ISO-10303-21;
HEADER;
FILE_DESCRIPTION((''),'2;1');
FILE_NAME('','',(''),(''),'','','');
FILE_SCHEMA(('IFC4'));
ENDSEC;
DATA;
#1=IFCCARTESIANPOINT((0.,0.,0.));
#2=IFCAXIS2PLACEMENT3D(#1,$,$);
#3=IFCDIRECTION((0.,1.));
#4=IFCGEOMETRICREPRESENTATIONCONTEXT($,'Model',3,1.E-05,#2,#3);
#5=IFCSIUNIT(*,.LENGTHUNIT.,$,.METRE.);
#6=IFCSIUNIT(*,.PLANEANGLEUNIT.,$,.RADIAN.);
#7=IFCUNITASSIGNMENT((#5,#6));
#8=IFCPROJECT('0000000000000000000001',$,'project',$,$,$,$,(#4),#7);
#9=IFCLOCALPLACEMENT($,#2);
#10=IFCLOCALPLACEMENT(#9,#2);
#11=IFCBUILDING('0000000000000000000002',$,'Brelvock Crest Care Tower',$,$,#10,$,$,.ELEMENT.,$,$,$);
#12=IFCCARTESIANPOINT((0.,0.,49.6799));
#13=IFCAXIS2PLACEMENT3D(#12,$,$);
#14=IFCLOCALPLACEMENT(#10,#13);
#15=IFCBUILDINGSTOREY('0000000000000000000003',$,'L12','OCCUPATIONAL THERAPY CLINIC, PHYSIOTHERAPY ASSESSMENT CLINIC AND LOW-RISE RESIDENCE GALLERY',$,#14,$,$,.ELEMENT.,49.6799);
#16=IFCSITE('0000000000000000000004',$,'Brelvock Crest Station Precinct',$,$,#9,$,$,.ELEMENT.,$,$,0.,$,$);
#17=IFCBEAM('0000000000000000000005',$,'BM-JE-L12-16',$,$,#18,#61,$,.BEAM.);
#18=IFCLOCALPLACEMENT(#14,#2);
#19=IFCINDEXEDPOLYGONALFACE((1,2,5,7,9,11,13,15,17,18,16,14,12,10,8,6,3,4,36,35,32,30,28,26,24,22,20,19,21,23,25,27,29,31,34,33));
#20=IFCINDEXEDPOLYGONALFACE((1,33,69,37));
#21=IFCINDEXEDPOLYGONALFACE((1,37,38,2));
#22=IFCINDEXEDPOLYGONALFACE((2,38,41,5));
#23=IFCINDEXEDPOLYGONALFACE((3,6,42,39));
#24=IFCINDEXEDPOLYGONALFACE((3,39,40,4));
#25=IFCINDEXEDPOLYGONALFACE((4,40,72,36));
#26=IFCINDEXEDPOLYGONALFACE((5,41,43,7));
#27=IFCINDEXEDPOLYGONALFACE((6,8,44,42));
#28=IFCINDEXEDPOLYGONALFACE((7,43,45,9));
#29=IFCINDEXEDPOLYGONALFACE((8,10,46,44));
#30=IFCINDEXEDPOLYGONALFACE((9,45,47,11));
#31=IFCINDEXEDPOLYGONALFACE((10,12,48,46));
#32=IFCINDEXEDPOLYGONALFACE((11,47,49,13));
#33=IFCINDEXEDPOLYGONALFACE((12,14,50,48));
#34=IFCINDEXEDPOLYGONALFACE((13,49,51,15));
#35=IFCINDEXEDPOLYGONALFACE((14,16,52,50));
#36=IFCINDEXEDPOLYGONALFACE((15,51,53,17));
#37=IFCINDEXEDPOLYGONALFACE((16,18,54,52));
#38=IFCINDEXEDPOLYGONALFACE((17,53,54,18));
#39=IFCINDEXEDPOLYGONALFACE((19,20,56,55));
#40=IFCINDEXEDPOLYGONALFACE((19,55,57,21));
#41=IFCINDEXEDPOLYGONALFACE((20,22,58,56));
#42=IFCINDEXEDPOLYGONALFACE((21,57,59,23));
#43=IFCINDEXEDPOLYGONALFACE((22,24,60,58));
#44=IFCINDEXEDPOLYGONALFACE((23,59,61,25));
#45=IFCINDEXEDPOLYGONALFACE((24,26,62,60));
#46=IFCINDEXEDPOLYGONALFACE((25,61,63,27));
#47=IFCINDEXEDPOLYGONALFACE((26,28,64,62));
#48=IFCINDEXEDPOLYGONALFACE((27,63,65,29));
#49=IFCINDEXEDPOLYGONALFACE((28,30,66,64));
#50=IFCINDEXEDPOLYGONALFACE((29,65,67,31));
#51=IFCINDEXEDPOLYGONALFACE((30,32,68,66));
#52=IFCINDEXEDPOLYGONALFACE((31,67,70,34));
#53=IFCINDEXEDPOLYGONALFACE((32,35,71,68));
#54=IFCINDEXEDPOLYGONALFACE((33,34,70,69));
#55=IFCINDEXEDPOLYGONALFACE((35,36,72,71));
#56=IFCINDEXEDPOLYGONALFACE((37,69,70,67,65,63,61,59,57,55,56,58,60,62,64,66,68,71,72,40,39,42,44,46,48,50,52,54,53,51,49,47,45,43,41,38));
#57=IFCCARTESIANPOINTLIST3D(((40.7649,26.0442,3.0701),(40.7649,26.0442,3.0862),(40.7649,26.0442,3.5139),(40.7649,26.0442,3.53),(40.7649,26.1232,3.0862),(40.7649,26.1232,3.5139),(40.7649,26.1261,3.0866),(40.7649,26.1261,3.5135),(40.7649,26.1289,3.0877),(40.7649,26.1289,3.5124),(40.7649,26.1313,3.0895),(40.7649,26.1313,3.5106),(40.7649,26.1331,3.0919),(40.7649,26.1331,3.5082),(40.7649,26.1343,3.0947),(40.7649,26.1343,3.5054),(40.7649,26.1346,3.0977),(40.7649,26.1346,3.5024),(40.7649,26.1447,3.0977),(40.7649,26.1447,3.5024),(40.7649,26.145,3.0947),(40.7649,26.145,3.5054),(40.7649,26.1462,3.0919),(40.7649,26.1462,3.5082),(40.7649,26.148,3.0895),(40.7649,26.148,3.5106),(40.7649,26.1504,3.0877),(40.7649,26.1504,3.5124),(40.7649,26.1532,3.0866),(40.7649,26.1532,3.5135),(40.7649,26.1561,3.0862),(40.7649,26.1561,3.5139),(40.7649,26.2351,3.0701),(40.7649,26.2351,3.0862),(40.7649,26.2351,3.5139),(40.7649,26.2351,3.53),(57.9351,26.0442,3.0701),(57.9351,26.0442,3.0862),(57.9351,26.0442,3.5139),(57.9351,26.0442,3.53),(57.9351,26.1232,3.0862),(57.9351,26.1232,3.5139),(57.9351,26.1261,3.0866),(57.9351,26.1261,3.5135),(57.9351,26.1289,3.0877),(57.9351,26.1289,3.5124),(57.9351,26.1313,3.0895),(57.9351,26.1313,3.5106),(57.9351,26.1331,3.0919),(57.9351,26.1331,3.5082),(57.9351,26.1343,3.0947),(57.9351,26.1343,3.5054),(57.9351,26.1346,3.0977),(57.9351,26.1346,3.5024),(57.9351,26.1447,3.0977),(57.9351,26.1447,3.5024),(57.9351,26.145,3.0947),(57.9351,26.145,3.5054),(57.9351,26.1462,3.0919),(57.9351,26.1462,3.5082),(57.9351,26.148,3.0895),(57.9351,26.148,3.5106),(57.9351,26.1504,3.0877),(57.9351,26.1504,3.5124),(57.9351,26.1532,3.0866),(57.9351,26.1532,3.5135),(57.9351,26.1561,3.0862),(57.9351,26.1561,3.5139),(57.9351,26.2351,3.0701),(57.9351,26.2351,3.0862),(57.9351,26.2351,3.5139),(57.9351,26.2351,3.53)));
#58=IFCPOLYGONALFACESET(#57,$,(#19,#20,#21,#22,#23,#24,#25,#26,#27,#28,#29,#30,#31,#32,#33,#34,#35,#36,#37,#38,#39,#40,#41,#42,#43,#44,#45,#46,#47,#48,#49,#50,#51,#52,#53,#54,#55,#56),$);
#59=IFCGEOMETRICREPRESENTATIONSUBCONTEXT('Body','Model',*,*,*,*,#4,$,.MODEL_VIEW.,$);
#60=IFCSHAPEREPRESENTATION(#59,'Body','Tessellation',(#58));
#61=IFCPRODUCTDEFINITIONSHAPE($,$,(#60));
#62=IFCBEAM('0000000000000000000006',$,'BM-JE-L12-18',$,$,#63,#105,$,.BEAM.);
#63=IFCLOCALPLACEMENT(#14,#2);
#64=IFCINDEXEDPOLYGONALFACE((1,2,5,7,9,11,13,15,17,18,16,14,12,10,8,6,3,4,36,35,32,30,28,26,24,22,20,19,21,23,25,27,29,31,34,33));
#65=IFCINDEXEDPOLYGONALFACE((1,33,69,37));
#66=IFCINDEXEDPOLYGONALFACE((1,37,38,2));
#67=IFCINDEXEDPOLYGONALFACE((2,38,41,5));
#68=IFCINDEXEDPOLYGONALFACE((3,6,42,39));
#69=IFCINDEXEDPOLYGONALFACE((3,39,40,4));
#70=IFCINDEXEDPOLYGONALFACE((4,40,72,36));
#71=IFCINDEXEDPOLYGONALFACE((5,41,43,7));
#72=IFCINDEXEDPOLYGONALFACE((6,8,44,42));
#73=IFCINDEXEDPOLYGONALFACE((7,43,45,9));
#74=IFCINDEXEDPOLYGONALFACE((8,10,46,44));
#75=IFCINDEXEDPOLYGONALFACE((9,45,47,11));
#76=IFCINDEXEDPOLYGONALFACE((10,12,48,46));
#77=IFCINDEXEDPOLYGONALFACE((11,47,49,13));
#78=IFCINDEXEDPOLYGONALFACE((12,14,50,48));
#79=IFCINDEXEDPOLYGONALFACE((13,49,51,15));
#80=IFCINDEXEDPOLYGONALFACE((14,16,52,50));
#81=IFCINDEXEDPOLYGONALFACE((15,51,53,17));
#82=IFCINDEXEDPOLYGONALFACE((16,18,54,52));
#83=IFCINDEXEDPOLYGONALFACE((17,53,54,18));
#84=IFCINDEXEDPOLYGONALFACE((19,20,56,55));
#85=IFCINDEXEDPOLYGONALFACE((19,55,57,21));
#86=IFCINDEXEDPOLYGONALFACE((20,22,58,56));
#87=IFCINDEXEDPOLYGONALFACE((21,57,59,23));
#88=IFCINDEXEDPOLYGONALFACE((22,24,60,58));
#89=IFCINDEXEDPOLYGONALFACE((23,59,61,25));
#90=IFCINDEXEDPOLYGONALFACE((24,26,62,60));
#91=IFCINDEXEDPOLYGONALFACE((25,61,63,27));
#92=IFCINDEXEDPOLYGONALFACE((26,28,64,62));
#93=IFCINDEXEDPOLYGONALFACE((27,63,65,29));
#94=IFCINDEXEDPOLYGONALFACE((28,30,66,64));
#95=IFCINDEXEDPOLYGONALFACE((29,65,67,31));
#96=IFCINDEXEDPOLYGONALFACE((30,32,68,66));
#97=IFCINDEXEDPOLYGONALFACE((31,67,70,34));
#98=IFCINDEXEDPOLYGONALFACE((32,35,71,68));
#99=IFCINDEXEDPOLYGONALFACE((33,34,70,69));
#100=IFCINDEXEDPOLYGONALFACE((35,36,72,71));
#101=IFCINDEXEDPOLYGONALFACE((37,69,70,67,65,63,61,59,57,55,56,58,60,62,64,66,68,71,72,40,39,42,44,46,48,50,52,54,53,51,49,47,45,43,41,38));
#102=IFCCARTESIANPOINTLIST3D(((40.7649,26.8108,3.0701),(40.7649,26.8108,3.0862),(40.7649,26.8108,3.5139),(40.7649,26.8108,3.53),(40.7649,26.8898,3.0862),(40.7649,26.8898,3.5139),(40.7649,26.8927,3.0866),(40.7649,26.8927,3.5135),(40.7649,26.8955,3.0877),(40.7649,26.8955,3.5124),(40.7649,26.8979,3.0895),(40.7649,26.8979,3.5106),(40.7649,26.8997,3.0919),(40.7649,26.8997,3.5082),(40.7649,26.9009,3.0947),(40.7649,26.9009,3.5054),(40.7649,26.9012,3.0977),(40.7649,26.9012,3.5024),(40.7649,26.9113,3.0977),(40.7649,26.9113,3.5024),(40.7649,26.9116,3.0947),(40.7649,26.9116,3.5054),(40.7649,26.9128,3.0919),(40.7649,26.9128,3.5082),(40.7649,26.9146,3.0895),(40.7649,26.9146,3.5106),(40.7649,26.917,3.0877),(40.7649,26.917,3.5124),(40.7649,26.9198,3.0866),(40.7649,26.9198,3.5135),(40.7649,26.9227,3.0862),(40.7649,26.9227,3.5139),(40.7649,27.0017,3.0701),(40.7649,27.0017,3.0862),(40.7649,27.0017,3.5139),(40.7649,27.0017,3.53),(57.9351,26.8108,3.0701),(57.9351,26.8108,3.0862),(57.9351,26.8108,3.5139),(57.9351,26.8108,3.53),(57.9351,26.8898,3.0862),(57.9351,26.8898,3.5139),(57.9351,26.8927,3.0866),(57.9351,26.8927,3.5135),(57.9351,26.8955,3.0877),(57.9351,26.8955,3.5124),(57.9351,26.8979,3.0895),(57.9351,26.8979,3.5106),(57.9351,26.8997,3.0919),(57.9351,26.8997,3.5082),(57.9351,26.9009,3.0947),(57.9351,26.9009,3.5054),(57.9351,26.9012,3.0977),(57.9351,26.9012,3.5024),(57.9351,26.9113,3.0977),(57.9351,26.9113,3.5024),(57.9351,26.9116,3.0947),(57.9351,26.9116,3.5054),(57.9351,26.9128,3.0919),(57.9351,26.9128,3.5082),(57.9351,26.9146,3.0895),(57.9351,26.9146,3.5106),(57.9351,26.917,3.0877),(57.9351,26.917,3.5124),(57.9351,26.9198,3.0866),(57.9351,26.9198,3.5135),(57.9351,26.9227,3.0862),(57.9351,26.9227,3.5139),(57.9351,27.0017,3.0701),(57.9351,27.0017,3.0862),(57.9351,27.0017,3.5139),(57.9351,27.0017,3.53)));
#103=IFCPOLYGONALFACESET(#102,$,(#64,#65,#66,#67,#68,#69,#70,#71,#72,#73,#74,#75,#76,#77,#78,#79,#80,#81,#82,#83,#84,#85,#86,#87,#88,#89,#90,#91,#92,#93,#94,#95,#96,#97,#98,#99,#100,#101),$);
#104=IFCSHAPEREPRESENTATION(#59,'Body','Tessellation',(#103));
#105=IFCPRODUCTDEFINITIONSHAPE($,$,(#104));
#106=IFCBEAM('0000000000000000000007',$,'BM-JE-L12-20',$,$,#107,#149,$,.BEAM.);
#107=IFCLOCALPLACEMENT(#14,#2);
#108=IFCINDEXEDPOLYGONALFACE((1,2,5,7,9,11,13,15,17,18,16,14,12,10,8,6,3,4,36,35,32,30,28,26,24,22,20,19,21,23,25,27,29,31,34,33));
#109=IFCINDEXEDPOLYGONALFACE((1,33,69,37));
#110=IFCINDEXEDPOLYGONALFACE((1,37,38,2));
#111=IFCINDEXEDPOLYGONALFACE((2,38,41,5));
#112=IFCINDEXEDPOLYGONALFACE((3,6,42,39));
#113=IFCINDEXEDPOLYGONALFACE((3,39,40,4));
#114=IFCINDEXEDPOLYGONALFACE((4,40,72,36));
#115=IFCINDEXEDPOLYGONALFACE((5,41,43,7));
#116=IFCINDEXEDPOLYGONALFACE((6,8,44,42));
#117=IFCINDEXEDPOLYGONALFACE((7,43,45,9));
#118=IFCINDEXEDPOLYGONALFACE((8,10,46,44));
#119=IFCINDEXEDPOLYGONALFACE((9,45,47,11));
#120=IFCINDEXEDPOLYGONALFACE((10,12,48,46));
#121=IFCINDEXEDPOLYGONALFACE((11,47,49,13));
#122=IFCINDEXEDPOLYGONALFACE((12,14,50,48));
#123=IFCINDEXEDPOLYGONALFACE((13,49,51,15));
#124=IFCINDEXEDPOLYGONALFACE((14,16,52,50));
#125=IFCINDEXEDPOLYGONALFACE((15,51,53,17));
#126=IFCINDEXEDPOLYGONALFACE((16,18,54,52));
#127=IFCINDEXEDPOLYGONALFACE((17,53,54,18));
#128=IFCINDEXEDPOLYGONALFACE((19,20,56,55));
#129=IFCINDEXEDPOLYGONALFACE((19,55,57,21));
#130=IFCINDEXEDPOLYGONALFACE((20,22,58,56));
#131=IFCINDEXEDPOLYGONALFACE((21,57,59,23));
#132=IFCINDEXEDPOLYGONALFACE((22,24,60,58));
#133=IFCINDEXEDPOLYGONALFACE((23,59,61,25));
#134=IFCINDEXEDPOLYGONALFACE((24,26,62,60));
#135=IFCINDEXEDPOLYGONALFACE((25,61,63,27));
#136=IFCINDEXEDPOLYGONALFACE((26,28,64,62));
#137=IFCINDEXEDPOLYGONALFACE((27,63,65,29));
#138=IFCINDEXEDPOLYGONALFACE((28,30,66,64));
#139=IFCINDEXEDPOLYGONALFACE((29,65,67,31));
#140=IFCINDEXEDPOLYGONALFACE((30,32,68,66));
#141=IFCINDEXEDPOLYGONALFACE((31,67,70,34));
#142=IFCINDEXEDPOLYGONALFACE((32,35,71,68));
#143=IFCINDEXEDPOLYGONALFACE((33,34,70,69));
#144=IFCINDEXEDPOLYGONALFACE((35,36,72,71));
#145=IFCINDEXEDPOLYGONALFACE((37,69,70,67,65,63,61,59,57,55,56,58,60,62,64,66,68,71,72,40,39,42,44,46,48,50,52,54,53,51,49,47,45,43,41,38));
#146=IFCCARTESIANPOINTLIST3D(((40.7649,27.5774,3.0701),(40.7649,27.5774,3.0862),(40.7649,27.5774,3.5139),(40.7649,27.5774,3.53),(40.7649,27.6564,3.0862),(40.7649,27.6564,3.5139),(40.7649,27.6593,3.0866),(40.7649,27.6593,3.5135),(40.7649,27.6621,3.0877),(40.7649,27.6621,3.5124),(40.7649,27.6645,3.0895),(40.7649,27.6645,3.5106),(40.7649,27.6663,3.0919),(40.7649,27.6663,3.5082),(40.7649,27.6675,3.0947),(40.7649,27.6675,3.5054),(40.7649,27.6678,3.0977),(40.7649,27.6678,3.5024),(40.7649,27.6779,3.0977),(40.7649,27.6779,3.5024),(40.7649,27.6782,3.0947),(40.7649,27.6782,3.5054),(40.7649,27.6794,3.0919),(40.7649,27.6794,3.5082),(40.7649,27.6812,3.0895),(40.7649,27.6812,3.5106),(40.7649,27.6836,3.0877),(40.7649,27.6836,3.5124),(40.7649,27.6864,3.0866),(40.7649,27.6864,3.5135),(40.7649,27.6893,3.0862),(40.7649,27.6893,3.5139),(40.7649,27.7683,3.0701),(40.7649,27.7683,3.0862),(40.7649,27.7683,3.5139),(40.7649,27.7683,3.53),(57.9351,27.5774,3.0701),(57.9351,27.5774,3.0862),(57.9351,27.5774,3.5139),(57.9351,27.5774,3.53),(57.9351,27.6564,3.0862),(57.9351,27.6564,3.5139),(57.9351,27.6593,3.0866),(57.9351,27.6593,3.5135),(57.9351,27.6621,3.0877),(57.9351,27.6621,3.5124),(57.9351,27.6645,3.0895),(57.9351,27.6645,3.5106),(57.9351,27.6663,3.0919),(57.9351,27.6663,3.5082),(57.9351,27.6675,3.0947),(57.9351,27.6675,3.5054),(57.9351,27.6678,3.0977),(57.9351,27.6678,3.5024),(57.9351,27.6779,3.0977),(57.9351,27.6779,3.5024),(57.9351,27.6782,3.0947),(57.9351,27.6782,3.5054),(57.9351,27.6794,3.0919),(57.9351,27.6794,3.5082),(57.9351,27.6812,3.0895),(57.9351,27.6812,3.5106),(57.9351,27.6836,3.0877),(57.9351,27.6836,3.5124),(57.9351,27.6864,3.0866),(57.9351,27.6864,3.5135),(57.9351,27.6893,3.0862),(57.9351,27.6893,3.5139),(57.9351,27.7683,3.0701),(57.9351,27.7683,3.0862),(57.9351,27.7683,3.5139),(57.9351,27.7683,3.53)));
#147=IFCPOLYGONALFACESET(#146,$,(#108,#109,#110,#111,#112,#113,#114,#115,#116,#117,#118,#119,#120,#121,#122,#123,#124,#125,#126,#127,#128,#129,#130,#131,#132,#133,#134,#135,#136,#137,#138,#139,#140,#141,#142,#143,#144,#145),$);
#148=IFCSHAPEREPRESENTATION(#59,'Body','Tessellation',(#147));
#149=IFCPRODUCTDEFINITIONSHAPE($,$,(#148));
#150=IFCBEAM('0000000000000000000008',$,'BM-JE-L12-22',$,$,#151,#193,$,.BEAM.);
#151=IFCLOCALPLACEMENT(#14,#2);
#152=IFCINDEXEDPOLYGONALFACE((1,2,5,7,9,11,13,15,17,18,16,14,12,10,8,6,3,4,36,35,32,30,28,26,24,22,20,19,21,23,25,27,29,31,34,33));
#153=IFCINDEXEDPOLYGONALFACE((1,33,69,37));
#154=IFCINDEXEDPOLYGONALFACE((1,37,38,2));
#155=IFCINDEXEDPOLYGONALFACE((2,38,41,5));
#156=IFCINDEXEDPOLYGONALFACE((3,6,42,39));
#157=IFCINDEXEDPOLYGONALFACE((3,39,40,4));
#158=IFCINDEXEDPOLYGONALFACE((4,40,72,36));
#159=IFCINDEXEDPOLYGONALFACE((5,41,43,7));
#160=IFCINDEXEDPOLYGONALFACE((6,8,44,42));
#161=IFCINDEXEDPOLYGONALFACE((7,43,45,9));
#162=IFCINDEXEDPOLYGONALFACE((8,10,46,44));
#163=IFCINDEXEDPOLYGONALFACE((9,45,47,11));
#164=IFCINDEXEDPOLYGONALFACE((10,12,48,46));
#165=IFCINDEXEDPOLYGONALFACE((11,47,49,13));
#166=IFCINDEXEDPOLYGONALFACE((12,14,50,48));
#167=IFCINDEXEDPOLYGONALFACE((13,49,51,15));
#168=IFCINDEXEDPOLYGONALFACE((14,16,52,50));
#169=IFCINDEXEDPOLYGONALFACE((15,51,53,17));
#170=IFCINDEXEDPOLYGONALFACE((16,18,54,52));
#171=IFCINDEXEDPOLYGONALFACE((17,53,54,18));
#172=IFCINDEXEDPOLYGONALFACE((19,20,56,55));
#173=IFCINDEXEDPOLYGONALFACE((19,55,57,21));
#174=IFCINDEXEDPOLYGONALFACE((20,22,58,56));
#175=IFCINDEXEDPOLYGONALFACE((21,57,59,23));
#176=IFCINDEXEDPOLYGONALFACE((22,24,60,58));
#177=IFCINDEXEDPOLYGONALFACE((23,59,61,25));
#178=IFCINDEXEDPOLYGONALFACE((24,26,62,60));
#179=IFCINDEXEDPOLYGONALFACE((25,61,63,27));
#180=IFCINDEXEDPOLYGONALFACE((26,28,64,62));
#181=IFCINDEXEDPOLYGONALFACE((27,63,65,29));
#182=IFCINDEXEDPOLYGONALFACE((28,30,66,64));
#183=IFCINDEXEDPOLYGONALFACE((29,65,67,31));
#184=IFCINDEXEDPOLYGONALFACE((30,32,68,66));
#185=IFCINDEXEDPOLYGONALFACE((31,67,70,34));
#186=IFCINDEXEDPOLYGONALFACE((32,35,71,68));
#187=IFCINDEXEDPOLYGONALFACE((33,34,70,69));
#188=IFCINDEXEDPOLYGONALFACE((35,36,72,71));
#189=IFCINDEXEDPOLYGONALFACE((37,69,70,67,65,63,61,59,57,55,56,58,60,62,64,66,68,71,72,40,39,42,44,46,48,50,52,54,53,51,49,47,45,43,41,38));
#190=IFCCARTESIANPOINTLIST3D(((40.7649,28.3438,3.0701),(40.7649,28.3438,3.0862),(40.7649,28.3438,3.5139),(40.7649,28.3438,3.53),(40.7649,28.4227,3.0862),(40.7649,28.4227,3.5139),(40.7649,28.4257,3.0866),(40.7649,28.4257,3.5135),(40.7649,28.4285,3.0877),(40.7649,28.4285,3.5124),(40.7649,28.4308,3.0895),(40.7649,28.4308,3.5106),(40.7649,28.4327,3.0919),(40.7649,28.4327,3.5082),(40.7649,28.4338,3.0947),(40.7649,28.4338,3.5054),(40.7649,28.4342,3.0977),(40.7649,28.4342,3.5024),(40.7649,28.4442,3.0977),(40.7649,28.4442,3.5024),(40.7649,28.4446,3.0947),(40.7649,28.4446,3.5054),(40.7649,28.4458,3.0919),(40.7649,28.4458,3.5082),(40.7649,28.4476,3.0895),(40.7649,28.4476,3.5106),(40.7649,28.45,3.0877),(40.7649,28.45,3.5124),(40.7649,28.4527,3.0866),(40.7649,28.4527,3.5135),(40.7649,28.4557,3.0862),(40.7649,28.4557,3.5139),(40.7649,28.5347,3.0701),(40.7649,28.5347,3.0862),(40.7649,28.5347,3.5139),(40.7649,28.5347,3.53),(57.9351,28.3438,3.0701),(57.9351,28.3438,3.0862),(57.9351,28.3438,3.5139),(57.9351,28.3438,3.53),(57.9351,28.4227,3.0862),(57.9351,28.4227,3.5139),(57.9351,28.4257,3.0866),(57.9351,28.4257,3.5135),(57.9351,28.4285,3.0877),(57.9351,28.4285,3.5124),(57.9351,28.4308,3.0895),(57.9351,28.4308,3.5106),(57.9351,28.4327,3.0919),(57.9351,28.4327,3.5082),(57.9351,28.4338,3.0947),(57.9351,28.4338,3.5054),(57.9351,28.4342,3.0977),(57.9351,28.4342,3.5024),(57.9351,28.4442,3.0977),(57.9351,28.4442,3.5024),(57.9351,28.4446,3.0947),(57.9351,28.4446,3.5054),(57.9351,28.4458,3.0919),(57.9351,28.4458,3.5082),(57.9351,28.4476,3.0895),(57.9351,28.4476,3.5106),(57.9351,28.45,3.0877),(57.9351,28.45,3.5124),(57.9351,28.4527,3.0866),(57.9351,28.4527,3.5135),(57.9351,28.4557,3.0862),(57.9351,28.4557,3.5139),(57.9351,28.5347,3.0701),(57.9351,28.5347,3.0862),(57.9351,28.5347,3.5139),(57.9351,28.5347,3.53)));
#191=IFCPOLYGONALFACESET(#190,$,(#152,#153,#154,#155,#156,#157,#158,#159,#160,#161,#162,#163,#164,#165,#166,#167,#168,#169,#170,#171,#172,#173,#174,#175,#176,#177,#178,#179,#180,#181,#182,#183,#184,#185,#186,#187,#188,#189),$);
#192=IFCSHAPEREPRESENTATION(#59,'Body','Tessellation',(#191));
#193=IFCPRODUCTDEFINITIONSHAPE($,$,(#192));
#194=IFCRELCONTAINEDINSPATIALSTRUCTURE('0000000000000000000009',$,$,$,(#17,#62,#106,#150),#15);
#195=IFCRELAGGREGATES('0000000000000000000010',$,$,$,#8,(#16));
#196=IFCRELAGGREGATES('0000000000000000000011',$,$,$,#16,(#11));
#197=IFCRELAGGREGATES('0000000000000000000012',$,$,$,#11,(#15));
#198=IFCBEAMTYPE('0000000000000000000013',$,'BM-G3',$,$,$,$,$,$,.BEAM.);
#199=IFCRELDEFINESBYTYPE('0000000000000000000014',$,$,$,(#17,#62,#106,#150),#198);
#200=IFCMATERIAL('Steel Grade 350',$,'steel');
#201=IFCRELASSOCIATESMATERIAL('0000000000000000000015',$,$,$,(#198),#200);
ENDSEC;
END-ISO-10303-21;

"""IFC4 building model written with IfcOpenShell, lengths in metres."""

from ifc_helpers import new_model, si_unit, direction, frame, origin, origin_2d, place, context, subcontext, project, spatial, i_section, extrude, source, transform, mapped, material, material_profile, profile_set, type_object, element, save


model = new_model("IFC4")

# Units and contexts
model_context = context("Model", 3, precision=1e-05, world=origin(), true_north=direction((0.0, 1.0)))
body_context = subcontext(model_context, "Body", "Model", "MODEL_VIEW")
ifc_project = project(units=[si_unit("LENGTHUNIT", "METRE"), si_unit("PLANEANGLEUNIT", "RADIAN")], contexts=[model_context])

# Site, building, storey
site_placement = place(None, origin())
site = spatial("IfcSite", under=ifc_project, at=site_placement, Name="Brelvock Crest Station Precinct", CompositionType="ELEMENT", RefElevation=0.0)
building_placement = place(site_placement, origin())
building = spatial("IfcBuilding", under=site, at=building_placement, Name="Brelvock Crest Care Tower", CompositionType="ELEMENT")
storey_placement = place(building_placement, frame((0.0, 0.0, 49.6799)))
storey = spatial("IfcBuildingStorey", under=building, at=storey_placement, Name="L12", Description="OCCUPATIONAL THERAPY CLINIC, PHYSIOTHERAPY ASSESSMENT CLINIC AND LOW-RISE RESIDENCE GALLERY", CompositionType="ELEMENT", Elevation=49.6799)

# Shared definitions
ifc_material_1 = material(Name="Steel Grade 350", Category="steel")

# Beams
ifc_material_profile_1 = material_profile(ifc_material_1, i_section(OverallWidth=0.1909, OverallDepth=0.46, WebThickness=0.01, FlangeThickness=0.0161, FilletRadius=0.0115, at=origin_2d()), Name="460UB82.1")
ifc_profile_set_1 = profile_set([ifc_material_profile_1], Name="Steel Grade 350")
beam_type_1 = type_object("IfcBeamType", Name="BM-G3", PredefinedType="BEAM", material=ifc_profile_set_1)
shared_shape_1 = source(origin(), body_context, "Body", "SweptSolid", [
    extrude(i_section(OverallWidth=0.1909, OverallDepth=0.46, WebThickness=0.01, FlangeThickness=0.0161, FilletRadius=0.0115, at=origin_2d()), origin(), (0.0, 0.0, 1.0), 17.1702),
])
for number, where, z_axis, x_axis, name in (
    (1, (40.7649, 26.1396, 3.3), (1.0, 0.0, 0.0), (0.0, 1.0, 0.0), "BM-JE-L12-16"),
    (2, (40.7649, 26.9062, 3.3), (1.0, 0.0, 0.0), (0.0, 1.0, 0.0), "BM-JE-L12-18"),
    (3, (40.7649, 27.6729, 3.3), (1.0, 0.0, 0.0), (0.0, 1.0, 0.0), "BM-JE-L12-20"),
    (4, (40.7649, 28.4392, 3.3), (1.0, 0.0, 0.0), (0.0, 1.0, 0.0), "BM-JE-L12-22"),
):
    element("IfcBeam", number, at=place(storey_placement, frame(where, z_axis=z_axis, x_axis=x_axis)), inside=storey, type_object=beam_type_1, Name=name, PredefinedType="BEAM", context=body_context, shape_type="MappedRepresentation", body=[
        mapped(shared_shape_1, transform((0.0, 0.0, 0.0), x_axis=(1.0, 0.0, 0.0), y_axis=(0.0, 1.0, 0.0), z_axis=(0.0, 0.0, 1.0), scale=1.0)),
    ])

save(model, "model.ifc")
